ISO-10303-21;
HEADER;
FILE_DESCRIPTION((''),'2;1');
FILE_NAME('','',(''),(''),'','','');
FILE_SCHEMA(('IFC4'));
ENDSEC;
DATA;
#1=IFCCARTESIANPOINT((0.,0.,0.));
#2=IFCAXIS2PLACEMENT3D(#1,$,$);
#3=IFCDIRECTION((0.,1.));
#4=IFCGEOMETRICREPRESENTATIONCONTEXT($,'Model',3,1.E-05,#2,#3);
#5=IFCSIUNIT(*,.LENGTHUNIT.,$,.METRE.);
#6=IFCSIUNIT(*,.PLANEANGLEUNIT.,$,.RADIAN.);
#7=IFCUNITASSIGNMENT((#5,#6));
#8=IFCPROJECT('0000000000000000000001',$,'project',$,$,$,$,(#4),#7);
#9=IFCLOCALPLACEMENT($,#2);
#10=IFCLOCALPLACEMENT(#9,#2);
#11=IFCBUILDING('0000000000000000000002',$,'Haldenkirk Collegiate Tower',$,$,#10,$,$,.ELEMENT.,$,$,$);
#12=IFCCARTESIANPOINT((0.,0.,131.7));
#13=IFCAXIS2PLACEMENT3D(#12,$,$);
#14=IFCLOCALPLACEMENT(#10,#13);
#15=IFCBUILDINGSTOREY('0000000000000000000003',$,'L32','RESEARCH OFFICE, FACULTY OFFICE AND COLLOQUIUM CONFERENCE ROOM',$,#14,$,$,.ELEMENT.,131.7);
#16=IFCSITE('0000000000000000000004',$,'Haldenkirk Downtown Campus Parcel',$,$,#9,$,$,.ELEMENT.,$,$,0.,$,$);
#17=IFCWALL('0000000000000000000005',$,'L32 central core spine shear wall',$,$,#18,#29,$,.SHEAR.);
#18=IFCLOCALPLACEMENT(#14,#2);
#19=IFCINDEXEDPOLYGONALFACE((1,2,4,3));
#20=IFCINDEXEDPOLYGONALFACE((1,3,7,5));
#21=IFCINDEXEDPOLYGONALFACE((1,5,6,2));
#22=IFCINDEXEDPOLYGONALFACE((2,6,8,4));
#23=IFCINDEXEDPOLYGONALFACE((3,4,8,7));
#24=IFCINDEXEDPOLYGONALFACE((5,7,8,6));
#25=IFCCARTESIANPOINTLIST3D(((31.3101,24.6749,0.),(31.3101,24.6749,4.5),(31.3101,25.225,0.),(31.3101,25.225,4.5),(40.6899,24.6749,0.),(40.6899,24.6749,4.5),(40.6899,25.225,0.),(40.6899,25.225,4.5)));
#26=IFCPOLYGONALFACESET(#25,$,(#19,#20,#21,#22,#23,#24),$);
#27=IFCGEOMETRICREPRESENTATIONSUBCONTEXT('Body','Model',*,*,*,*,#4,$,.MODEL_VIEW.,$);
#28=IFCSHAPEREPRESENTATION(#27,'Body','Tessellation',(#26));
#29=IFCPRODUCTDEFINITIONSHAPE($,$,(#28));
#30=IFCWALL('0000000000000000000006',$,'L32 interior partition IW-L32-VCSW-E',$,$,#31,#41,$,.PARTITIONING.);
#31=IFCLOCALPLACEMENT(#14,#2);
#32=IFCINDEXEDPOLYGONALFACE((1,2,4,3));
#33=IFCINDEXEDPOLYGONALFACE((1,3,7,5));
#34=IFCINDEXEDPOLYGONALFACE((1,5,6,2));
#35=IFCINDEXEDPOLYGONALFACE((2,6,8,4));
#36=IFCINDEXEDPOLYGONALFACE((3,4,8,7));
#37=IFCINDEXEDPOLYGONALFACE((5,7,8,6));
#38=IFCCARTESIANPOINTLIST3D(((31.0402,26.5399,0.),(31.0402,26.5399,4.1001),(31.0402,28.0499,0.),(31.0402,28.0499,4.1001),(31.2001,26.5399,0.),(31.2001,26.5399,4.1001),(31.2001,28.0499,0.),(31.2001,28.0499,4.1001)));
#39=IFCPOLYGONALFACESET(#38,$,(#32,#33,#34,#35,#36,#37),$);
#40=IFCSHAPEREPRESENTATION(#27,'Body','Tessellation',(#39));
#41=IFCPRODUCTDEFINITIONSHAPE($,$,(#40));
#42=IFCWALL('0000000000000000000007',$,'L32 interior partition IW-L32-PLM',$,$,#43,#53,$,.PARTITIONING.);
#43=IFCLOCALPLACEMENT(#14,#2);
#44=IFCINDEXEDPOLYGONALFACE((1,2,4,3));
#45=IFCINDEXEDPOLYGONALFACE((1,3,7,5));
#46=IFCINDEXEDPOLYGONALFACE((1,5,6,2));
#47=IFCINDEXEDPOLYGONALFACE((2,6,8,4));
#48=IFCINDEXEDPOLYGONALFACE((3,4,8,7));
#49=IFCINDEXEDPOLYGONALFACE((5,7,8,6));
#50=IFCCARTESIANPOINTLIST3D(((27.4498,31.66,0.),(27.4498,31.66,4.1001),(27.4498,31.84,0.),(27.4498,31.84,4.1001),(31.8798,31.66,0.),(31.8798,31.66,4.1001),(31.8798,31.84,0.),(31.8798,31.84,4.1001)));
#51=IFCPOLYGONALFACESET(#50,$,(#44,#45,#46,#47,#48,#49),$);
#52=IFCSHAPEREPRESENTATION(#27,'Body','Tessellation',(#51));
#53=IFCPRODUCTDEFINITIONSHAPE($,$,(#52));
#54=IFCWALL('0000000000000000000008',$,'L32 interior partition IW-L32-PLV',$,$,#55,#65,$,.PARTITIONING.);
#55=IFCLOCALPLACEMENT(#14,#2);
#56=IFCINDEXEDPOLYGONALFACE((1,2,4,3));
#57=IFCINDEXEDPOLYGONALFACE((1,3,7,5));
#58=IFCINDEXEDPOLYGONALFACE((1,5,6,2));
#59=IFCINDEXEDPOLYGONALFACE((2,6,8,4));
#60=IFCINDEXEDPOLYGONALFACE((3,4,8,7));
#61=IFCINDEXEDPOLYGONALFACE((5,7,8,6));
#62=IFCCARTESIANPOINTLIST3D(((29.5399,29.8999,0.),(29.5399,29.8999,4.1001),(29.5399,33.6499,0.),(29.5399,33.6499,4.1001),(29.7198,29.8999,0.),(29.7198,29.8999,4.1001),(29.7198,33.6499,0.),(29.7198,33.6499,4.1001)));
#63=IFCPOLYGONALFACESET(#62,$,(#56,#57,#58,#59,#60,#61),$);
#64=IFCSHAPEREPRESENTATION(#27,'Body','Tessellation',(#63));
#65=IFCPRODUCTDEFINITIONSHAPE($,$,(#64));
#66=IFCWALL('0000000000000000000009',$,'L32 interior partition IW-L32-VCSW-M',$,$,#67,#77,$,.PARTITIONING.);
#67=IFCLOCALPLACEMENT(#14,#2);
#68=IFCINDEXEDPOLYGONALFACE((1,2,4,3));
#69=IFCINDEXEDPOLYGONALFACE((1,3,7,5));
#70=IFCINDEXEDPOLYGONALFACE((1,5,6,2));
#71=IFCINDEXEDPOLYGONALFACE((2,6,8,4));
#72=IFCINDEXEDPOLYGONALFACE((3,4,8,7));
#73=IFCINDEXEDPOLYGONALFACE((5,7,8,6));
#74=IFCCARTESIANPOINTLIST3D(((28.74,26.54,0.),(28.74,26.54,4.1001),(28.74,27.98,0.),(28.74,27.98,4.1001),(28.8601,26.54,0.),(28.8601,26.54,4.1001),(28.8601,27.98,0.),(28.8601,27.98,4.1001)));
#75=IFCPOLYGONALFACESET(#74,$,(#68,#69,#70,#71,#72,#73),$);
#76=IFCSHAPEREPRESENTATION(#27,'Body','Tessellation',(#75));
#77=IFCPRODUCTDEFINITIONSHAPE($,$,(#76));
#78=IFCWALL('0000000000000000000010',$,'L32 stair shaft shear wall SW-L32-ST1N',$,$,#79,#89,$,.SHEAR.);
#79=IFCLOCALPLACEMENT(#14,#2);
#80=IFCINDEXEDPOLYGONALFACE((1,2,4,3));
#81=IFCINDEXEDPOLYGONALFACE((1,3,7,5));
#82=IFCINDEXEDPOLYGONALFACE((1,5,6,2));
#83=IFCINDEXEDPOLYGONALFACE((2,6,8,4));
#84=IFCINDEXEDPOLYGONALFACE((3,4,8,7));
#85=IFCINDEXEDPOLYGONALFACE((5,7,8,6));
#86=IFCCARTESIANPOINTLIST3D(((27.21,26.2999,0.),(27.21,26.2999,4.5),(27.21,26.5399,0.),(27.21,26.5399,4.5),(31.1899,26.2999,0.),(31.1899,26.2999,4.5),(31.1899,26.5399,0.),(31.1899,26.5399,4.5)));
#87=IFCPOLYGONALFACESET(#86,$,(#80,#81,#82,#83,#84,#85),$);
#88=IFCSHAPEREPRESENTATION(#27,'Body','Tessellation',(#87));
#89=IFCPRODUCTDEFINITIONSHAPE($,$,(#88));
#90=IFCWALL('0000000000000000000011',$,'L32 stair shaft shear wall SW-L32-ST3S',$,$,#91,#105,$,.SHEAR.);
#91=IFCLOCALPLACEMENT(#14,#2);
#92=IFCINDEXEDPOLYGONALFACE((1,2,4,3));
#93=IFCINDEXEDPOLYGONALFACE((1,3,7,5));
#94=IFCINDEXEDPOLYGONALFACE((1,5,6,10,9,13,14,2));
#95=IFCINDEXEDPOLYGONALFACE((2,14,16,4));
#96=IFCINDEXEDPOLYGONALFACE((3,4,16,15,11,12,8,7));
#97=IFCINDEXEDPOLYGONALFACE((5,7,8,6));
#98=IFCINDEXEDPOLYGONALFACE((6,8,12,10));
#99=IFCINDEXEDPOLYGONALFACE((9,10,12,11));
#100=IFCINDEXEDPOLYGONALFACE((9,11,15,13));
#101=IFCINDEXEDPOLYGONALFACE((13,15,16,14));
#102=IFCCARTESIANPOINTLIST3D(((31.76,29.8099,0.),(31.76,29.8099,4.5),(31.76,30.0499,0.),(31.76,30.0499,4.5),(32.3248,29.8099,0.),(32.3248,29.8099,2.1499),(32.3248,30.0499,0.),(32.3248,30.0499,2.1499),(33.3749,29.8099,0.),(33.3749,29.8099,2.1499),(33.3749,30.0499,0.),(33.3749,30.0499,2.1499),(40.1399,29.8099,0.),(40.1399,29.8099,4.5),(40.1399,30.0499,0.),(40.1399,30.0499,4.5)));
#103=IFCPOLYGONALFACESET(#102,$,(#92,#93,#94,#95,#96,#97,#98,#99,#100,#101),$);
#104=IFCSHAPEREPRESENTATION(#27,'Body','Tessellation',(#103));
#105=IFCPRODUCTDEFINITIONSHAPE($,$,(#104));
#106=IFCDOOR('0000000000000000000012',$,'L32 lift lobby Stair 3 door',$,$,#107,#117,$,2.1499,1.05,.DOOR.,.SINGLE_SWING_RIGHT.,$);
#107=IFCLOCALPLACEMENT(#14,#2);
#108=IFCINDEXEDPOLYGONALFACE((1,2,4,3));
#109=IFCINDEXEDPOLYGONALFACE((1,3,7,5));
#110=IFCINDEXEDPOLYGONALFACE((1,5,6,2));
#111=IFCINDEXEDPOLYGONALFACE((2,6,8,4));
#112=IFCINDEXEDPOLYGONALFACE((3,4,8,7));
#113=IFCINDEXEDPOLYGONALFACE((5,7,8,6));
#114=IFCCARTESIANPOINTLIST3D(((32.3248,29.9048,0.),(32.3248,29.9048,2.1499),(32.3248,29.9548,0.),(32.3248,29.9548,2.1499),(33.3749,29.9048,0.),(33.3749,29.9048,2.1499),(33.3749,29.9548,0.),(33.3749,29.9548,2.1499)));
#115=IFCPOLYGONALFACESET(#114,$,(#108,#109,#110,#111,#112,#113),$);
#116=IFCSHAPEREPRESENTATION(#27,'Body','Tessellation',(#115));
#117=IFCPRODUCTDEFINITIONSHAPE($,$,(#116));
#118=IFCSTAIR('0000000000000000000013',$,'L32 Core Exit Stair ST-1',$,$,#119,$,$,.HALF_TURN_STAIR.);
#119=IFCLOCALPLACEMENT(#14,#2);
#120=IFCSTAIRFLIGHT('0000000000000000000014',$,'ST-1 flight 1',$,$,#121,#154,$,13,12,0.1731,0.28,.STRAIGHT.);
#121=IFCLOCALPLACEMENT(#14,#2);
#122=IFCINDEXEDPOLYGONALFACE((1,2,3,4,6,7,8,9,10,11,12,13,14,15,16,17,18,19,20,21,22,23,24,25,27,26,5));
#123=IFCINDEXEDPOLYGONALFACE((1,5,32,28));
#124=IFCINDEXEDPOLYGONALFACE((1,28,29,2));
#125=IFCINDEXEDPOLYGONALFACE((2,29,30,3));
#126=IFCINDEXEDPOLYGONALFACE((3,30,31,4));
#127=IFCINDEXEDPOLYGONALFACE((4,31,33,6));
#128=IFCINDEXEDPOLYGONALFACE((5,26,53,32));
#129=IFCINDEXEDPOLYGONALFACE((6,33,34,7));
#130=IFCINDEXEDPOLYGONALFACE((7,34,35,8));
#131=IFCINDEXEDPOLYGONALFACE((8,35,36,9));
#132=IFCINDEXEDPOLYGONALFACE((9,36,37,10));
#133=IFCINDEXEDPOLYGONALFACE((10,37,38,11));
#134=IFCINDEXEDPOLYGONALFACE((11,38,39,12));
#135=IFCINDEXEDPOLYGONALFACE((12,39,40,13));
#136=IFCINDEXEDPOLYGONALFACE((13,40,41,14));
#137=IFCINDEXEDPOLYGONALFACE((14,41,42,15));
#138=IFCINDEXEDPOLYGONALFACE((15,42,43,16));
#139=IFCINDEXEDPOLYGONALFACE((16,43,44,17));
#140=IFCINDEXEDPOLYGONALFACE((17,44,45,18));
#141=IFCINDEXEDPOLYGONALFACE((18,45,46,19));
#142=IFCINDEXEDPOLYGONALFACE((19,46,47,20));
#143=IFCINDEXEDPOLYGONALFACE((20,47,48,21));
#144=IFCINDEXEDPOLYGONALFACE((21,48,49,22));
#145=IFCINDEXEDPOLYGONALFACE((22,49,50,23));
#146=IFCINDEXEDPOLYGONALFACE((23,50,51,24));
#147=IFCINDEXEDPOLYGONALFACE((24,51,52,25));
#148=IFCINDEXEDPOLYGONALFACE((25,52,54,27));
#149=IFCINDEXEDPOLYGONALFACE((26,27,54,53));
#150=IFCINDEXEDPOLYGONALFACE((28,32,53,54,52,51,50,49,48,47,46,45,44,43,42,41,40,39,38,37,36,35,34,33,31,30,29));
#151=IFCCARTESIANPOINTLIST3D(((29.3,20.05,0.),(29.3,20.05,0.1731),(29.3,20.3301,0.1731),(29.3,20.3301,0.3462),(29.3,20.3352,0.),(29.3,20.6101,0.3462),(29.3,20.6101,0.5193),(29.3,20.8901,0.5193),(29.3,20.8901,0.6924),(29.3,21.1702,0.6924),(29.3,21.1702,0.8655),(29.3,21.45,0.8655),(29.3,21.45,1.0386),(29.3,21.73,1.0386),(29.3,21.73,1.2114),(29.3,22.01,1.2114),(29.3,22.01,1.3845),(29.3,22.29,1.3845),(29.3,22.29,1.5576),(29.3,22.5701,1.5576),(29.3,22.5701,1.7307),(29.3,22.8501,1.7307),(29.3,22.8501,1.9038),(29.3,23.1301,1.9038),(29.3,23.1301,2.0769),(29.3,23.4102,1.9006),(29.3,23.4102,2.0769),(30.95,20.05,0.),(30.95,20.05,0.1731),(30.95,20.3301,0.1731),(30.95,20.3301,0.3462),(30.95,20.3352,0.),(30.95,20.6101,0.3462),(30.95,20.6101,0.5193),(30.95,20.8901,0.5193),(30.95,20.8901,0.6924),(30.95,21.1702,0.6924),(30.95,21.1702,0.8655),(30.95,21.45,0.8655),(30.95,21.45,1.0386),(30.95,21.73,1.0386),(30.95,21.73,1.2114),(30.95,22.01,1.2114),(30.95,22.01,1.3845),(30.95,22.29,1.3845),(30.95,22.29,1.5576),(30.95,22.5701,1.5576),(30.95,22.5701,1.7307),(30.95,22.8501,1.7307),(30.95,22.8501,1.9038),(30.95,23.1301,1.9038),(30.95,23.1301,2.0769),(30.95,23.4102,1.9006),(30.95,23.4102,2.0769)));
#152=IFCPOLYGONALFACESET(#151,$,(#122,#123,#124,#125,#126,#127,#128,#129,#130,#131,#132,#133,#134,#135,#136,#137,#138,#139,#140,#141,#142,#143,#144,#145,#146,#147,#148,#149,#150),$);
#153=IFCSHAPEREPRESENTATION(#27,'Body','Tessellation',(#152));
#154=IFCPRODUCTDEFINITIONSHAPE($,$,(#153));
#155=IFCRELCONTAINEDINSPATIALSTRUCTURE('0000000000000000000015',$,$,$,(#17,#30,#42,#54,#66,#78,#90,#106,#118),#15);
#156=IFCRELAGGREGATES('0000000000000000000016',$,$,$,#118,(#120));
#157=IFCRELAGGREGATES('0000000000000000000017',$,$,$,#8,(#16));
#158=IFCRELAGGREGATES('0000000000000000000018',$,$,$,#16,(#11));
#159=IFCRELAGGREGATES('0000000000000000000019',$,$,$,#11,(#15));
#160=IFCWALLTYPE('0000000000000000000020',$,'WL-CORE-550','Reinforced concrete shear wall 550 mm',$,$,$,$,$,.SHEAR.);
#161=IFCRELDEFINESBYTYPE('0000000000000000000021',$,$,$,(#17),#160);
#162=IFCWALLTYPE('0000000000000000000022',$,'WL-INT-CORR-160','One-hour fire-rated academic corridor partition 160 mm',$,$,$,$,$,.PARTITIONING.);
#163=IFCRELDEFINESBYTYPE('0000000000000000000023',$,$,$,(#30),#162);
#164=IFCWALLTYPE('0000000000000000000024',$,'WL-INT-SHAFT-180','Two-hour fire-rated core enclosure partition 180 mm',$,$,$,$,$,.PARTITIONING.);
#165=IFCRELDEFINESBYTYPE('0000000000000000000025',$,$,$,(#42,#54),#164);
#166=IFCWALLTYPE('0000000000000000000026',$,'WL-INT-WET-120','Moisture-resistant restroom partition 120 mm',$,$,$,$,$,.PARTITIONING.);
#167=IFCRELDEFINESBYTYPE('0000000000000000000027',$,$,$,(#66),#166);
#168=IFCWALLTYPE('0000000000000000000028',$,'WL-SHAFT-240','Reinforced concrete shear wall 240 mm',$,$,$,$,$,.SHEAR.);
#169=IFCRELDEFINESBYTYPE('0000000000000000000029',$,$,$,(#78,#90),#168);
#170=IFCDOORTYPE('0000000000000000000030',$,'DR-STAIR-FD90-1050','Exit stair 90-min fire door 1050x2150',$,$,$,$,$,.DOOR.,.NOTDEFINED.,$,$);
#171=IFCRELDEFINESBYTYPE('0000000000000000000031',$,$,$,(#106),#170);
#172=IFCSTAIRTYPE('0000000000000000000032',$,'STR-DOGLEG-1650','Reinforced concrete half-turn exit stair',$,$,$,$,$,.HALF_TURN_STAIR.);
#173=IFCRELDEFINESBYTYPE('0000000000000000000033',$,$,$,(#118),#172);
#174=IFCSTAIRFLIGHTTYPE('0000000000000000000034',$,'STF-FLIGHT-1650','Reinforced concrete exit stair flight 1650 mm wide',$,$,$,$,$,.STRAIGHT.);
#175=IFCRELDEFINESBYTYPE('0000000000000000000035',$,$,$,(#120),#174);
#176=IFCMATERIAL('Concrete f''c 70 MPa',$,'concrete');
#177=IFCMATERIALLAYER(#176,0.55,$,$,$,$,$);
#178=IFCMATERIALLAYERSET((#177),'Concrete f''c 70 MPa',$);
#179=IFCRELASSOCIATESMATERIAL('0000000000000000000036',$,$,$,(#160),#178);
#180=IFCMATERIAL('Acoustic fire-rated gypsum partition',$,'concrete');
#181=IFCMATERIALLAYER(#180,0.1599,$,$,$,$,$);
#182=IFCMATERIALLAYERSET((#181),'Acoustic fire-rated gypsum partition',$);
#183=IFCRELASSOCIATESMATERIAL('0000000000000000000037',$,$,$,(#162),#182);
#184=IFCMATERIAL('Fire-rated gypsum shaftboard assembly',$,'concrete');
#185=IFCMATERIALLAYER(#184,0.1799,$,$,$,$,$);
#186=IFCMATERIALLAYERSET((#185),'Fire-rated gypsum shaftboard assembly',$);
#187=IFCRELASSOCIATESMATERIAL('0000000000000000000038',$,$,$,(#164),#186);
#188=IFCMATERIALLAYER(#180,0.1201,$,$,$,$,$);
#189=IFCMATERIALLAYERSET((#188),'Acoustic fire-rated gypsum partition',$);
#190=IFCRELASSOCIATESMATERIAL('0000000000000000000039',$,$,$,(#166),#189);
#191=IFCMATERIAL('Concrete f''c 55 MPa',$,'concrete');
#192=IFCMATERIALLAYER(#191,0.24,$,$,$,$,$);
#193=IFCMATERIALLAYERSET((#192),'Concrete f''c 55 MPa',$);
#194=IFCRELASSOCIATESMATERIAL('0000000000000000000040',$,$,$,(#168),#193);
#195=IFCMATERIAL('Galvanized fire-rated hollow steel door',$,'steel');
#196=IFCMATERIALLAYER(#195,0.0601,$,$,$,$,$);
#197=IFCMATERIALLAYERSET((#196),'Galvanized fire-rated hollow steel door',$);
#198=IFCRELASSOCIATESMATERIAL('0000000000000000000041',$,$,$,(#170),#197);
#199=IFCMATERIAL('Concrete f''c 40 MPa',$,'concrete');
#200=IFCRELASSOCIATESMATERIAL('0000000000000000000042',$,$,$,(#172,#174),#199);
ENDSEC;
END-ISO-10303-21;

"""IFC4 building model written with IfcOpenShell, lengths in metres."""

from ifc_helpers import new_model, si_unit, direction, frame, frame_2d, origin, place, context, subcontext, project, spatial, polyline, rectangle, outline, extrude, material, layer, layer_set, type_object, element, fill, aggregate, save


model = new_model("IFC4")

# Units and contexts
model_context = context("Model", 3, precision=1e-05, world=origin(), true_north=direction((0.0, 1.0)))
body_context = subcontext(model_context, "Body", "Model", "MODEL_VIEW")
ifc_project = project(units=[si_unit("LENGTHUNIT", "METRE"), si_unit("PLANEANGLEUNIT", "RADIAN")], contexts=[model_context])

# Site, building, storey
site_placement = place(None, origin())
site = spatial("IfcSite", under=ifc_project, at=site_placement, Name="Haldenkirk Downtown Campus Parcel", CompositionType="ELEMENT", RefElevation=0.0)
building_placement = place(site_placement, origin())
building = spatial("IfcBuilding", under=site, at=building_placement, Name="Haldenkirk Collegiate Tower", CompositionType="ELEMENT")
storey_placement = place(building_placement, frame((0.0, 0.0, 131.7)))
storey = spatial("IfcBuildingStorey", under=building, at=storey_placement, Name="L32", Description="RESEARCH OFFICE, FACULTY OFFICE AND COLLOQUIUM CONFERENCE ROOM", CompositionType="ELEMENT", Elevation=131.7)

# Walls
ifc_material_1 = material(Name="Concrete f'c 70 MPa", Category="concrete")
ifc_layer_1 = layer(ifc_material_1, 0.55)
ifc_layer_set_1 = layer_set([ifc_layer_1], Name="Concrete f'c 70 MPa")
wall_type_1 = type_object("IfcWallType", Name="WL-CORE-550", Description="Reinforced concrete shear wall 550 mm", PredefinedType="SHEAR", material=ifc_layer_set_1)
wall_1_placement = place(storey_placement, frame((31.3101, 24.95, 0.0), z_axis=(0.0, 0.0, 1.0), x_axis=(1.0, 0.0, 0.0)))
element("IfcWall", 1, at=wall_1_placement, inside=storey, type_object=wall_type_1, Name="L32 central core spine shear wall", PredefinedType="SHEAR", context=body_context, shape_type="SweptSolid", body=[
    extrude(rectangle(XDim=9.3799, YDim=0.55, at=frame_2d((4.6899, 0.0))), origin(), (0.0, 0.0, 1.0), 4.5),
])
ifc_material_2 = material(Name="Acoustic fire-rated gypsum partition", Category="concrete")
ifc_layer_2 = layer(ifc_material_2, 0.1599)
ifc_layer_set_2 = layer_set([ifc_layer_2], Name="Acoustic fire-rated gypsum partition")
wall_type_2 = type_object("IfcWallType", Name="WL-INT-CORR-160", Description="One-hour fire-rated academic corridor partition 160 mm", PredefinedType="PARTITIONING", material=ifc_layer_set_2)
wall_2_placement = place(storey_placement, frame((31.1201, 26.54, 0.0), z_axis=(0.0, 0.0, 1.0), x_axis=(0.0, 1.0, 0.0)))
element("IfcWall", 2, at=wall_2_placement, inside=storey, type_object=wall_type_2, Name="L32 interior partition IW-L32-VCSW-E", PredefinedType="PARTITIONING", context=body_context, shape_type="SweptSolid", body=[
    extrude(rectangle(XDim=1.51, YDim=0.1599, at=frame_2d((0.7549, 0.0))), origin(), (0.0, 0.0, 1.0), 4.1001),
])

# Shared definitions
ifc_material_3 = material(Name="Fire-rated gypsum shaftboard assembly", Category="concrete")
ifc_layer_3 = layer(ifc_material_3, 0.1799)
ifc_layer_set_3 = layer_set([ifc_layer_3], Name="Fire-rated gypsum shaftboard assembly")
wall_type_3 = type_object("IfcWallType", Name="WL-INT-SHAFT-180", Description="Two-hour fire-rated core enclosure partition 180 mm", PredefinedType="PARTITIONING", material=ifc_layer_set_3)

# Walls
wall_3_placement = place(storey_placement, frame((27.45, 31.75, 0.0), z_axis=(0.0, 0.0, 1.0), x_axis=(1.0, 0.0, 0.0)))
element("IfcWall", 3, at=wall_3_placement, inside=storey, type_object=wall_type_3, Name="L32 interior partition IW-L32-PLM", PredefinedType="PARTITIONING", context=body_context, shape_type="SweptSolid", body=[
    extrude(rectangle(XDim=4.4299, YDim=0.1799, at=frame_2d((2.2148, 0.0))), origin(), (0.0, 0.0, 1.0), 4.1001),
])
wall_4_placement = place(storey_placement, frame((29.6299, 29.8999, 0.0), z_axis=(0.0, 0.0, 1.0), x_axis=(0.0, 1.0, 0.0)))
element("IfcWall", 4, at=wall_4_placement, inside=storey, type_object=wall_type_3, Name="L32 interior partition IW-L32-PLV", PredefinedType="PARTITIONING", context=body_context, shape_type="SweptSolid", body=[
    extrude(rectangle(XDim=3.75, YDim=0.1799, at=frame_2d((1.875, 0.0))), origin(), (0.0, 0.0, 1.0), 4.1001),
])

# Shared definitions
ifc_material_4 = material(Name="Galvanized fire-rated hollow steel door", Category="steel")

# Walls
ifc_layer_4 = layer(ifc_material_2, 0.1201)
ifc_layer_set_4 = layer_set([ifc_layer_4], Name="Acoustic fire-rated gypsum partition")
wall_type_4 = type_object("IfcWallType", Name="WL-INT-WET-120", Description="Moisture-resistant restroom partition 120 mm", PredefinedType="PARTITIONING", material=ifc_layer_set_4)
wall_5_placement = place(storey_placement, frame((28.8, 26.54, 0.0), z_axis=(0.0, 0.0, 1.0), x_axis=(0.0, 1.0, 0.0)))
element("IfcWall", 5, at=wall_5_placement, inside=storey, type_object=wall_type_4, Name="L32 interior partition IW-L32-VCSW-M", PredefinedType="PARTITIONING", context=body_context, shape_type="SweptSolid", body=[
    extrude(rectangle(XDim=1.4399, YDim=0.1201, at=frame_2d((0.72, 0.0))), origin(), (0.0, 0.0, 1.0), 4.1001),
])
ifc_material_5 = material(Name="Concrete f'c 55 MPa", Category="concrete")
ifc_layer_5 = layer(ifc_material_5, 0.24)
ifc_layer_set_5 = layer_set([ifc_layer_5], Name="Concrete f'c 55 MPa")
wall_type_5 = type_object("IfcWallType", Name="WL-SHAFT-240", Description="Reinforced concrete shear wall 240 mm", PredefinedType="SHEAR", material=ifc_layer_set_5)
wall_6_placement = place(storey_placement, frame((27.21, 26.4199, 0.0), z_axis=(0.0, 0.0, 1.0), x_axis=(1.0, 0.0, 0.0)))
element("IfcWall", 6, at=wall_6_placement, inside=storey, type_object=wall_type_5, Name="L32 stair shaft shear wall SW-L32-ST1N", PredefinedType="SHEAR", context=body_context, shape_type="SweptSolid", body=[
    extrude(rectangle(XDim=3.98, YDim=0.24, at=frame_2d((1.99, 0.0))), origin(), (0.0, 0.0, 1.0), 4.5),
])

# Wall, opening, door
wall_7_placement = place(storey_placement, frame((31.76, 29.9299, 0.0), z_axis=(0.0, 0.0, 1.0), x_axis=(1.0, 0.0, 0.0)))
wall_7 = element("IfcWall", 7, at=wall_7_placement, inside=storey, type_object=wall_type_5, Name="L32 stair shaft shear wall SW-L32-ST3S", PredefinedType="SHEAR", context=body_context, shape_type="SweptSolid", body=[
    extrude(rectangle(XDim=8.3799, YDim=0.24, at=frame_2d((4.1899, 0.0))), origin(), (0.0, 0.0, 1.0), 4.5),
])
opening_1_placement = place(wall_7_placement, frame((0.5649, 0.0, 0.0)))
opening_1 = element("IfcOpeningElement", 8, at=opening_1_placement, cuts=wall_7, PredefinedType="OPENING", context=body_context, shape_type="SweptSolid", body=[
    extrude(rectangle(XDim=1.05, YDim=2.1499, at=frame_2d((0.5249, 1.075))), frame((0.0, 0.1299, 0.0), z_axis=(0.0, -1.0, 0.0), x_axis=(1.0, 0.0, 0.0)), (0.0, 0.0, 1.0), 0.26),
])
ifc_layer_6 = layer(ifc_material_4, 0.0601)
ifc_layer_set_6 = layer_set([ifc_layer_6], Name="Galvanized fire-rated hollow steel door")
door_type_1 = type_object("IfcDoorType", Name="DR-STAIR-FD90-1050", Description="Exit stair 90-min fire door 1050x2150", OperationType="NOTDEFINED", PredefinedType="DOOR", material=ifc_layer_set_6)
door_1_placement = place(opening_1_placement, origin())
door_1 = element("IfcDoor", 9, at=door_1_placement, inside=storey, type_object=door_type_1, Name="L32 lift lobby Stair 3 door", OperationType="SINGLE_SWING_RIGHT", OverallHeight=2.1499, OverallWidth=1.05, PredefinedType="DOOR", context=body_context, shape_type="SweptSolid", body=[
    extrude(rectangle(XDim=1.05, YDim=2.1499, at=frame_2d((0.5249, 1.075))), frame((0.0, 0.0249, 0.0), z_axis=(0.0, -1.0, 0.0), x_axis=(1.0, 0.0, 0.0)), (0.0, 0.0, 1.0), 0.05),
])
fill(opening_1, door_1)

# Stair, stair flight
ifc_material_6 = material(Name="Concrete f'c 40 MPa", Category="concrete")
stair_type = type_object("IfcStairType", Name="STR-DOGLEG-1650", Description="Reinforced concrete half-turn exit stair", PredefinedType="HALF_TURN_STAIR", material=ifc_material_6)
stair_placement = place(storey_placement, origin())
stair = element("IfcStair", 10, at=stair_placement, inside=storey, type_object=stair_type, Name="L32 Core Exit Stair ST-1", PredefinedType="HALF_TURN_STAIR")
stair_flight_type = type_object("IfcStairFlightType", Name="STF-FLIGHT-1650", Description="Reinforced concrete exit stair flight 1650 mm wide", PredefinedType="STRAIGHT", material=ifc_material_6)
stair_flight_1_placement = place(storey_placement, frame((30.125, 20.05, 0.0), z_axis=(0.0, 0.0, 1.0), x_axis=(0.0, 1.0, 0.0)))
stair_flight_1 = element("IfcStairFlight", 11, at=stair_flight_1_placement, type_object=stair_flight_type, Name="ST-1 flight 1", NumberOfRisers=13, NumberOfTreads=12, PredefinedType="STRAIGHT", RiserHeight=0.1731, TreadLength=0.28, context=body_context, shape_type="SweptSolid", body=[
    extrude(outline(polyline([(0.0, 0.0), (0.0, 0.1731), (0.28, 0.1731), (0.28, 0.3462), (0.5601, 0.3462), (0.5601, 0.5193), (0.8401, 0.5193), (0.8401, 0.6924), (1.1201, 0.6924), (1.1201, 0.8655), (1.3999, 0.8655), (1.3999, 1.0386), (1.6799, 1.0386), (1.6799, 1.2114), (1.96, 1.2114), (1.96, 1.3845), (2.24, 1.3845), (2.24, 1.5576), (2.52, 1.5576), (2.52, 1.7307), (2.8, 1.7307), (2.8, 1.9038), (3.0801, 1.9038), (3.0801, 2.0769), (3.3601, 2.0769), (3.3601, 2.25), (3.3601, 1.9006), (0.2852, 0.0), (0.0, 0.0)])), frame((0.0, 0.825, 0.0), z_axis=(0.0, -1.0, 0.0), x_axis=(1.0, 0.0, 0.0)), (0.0, 0.0, 1.0), 1.6499),
])
aggregate(stair, [stair_flight_1])

save(model, "model.ifc")
